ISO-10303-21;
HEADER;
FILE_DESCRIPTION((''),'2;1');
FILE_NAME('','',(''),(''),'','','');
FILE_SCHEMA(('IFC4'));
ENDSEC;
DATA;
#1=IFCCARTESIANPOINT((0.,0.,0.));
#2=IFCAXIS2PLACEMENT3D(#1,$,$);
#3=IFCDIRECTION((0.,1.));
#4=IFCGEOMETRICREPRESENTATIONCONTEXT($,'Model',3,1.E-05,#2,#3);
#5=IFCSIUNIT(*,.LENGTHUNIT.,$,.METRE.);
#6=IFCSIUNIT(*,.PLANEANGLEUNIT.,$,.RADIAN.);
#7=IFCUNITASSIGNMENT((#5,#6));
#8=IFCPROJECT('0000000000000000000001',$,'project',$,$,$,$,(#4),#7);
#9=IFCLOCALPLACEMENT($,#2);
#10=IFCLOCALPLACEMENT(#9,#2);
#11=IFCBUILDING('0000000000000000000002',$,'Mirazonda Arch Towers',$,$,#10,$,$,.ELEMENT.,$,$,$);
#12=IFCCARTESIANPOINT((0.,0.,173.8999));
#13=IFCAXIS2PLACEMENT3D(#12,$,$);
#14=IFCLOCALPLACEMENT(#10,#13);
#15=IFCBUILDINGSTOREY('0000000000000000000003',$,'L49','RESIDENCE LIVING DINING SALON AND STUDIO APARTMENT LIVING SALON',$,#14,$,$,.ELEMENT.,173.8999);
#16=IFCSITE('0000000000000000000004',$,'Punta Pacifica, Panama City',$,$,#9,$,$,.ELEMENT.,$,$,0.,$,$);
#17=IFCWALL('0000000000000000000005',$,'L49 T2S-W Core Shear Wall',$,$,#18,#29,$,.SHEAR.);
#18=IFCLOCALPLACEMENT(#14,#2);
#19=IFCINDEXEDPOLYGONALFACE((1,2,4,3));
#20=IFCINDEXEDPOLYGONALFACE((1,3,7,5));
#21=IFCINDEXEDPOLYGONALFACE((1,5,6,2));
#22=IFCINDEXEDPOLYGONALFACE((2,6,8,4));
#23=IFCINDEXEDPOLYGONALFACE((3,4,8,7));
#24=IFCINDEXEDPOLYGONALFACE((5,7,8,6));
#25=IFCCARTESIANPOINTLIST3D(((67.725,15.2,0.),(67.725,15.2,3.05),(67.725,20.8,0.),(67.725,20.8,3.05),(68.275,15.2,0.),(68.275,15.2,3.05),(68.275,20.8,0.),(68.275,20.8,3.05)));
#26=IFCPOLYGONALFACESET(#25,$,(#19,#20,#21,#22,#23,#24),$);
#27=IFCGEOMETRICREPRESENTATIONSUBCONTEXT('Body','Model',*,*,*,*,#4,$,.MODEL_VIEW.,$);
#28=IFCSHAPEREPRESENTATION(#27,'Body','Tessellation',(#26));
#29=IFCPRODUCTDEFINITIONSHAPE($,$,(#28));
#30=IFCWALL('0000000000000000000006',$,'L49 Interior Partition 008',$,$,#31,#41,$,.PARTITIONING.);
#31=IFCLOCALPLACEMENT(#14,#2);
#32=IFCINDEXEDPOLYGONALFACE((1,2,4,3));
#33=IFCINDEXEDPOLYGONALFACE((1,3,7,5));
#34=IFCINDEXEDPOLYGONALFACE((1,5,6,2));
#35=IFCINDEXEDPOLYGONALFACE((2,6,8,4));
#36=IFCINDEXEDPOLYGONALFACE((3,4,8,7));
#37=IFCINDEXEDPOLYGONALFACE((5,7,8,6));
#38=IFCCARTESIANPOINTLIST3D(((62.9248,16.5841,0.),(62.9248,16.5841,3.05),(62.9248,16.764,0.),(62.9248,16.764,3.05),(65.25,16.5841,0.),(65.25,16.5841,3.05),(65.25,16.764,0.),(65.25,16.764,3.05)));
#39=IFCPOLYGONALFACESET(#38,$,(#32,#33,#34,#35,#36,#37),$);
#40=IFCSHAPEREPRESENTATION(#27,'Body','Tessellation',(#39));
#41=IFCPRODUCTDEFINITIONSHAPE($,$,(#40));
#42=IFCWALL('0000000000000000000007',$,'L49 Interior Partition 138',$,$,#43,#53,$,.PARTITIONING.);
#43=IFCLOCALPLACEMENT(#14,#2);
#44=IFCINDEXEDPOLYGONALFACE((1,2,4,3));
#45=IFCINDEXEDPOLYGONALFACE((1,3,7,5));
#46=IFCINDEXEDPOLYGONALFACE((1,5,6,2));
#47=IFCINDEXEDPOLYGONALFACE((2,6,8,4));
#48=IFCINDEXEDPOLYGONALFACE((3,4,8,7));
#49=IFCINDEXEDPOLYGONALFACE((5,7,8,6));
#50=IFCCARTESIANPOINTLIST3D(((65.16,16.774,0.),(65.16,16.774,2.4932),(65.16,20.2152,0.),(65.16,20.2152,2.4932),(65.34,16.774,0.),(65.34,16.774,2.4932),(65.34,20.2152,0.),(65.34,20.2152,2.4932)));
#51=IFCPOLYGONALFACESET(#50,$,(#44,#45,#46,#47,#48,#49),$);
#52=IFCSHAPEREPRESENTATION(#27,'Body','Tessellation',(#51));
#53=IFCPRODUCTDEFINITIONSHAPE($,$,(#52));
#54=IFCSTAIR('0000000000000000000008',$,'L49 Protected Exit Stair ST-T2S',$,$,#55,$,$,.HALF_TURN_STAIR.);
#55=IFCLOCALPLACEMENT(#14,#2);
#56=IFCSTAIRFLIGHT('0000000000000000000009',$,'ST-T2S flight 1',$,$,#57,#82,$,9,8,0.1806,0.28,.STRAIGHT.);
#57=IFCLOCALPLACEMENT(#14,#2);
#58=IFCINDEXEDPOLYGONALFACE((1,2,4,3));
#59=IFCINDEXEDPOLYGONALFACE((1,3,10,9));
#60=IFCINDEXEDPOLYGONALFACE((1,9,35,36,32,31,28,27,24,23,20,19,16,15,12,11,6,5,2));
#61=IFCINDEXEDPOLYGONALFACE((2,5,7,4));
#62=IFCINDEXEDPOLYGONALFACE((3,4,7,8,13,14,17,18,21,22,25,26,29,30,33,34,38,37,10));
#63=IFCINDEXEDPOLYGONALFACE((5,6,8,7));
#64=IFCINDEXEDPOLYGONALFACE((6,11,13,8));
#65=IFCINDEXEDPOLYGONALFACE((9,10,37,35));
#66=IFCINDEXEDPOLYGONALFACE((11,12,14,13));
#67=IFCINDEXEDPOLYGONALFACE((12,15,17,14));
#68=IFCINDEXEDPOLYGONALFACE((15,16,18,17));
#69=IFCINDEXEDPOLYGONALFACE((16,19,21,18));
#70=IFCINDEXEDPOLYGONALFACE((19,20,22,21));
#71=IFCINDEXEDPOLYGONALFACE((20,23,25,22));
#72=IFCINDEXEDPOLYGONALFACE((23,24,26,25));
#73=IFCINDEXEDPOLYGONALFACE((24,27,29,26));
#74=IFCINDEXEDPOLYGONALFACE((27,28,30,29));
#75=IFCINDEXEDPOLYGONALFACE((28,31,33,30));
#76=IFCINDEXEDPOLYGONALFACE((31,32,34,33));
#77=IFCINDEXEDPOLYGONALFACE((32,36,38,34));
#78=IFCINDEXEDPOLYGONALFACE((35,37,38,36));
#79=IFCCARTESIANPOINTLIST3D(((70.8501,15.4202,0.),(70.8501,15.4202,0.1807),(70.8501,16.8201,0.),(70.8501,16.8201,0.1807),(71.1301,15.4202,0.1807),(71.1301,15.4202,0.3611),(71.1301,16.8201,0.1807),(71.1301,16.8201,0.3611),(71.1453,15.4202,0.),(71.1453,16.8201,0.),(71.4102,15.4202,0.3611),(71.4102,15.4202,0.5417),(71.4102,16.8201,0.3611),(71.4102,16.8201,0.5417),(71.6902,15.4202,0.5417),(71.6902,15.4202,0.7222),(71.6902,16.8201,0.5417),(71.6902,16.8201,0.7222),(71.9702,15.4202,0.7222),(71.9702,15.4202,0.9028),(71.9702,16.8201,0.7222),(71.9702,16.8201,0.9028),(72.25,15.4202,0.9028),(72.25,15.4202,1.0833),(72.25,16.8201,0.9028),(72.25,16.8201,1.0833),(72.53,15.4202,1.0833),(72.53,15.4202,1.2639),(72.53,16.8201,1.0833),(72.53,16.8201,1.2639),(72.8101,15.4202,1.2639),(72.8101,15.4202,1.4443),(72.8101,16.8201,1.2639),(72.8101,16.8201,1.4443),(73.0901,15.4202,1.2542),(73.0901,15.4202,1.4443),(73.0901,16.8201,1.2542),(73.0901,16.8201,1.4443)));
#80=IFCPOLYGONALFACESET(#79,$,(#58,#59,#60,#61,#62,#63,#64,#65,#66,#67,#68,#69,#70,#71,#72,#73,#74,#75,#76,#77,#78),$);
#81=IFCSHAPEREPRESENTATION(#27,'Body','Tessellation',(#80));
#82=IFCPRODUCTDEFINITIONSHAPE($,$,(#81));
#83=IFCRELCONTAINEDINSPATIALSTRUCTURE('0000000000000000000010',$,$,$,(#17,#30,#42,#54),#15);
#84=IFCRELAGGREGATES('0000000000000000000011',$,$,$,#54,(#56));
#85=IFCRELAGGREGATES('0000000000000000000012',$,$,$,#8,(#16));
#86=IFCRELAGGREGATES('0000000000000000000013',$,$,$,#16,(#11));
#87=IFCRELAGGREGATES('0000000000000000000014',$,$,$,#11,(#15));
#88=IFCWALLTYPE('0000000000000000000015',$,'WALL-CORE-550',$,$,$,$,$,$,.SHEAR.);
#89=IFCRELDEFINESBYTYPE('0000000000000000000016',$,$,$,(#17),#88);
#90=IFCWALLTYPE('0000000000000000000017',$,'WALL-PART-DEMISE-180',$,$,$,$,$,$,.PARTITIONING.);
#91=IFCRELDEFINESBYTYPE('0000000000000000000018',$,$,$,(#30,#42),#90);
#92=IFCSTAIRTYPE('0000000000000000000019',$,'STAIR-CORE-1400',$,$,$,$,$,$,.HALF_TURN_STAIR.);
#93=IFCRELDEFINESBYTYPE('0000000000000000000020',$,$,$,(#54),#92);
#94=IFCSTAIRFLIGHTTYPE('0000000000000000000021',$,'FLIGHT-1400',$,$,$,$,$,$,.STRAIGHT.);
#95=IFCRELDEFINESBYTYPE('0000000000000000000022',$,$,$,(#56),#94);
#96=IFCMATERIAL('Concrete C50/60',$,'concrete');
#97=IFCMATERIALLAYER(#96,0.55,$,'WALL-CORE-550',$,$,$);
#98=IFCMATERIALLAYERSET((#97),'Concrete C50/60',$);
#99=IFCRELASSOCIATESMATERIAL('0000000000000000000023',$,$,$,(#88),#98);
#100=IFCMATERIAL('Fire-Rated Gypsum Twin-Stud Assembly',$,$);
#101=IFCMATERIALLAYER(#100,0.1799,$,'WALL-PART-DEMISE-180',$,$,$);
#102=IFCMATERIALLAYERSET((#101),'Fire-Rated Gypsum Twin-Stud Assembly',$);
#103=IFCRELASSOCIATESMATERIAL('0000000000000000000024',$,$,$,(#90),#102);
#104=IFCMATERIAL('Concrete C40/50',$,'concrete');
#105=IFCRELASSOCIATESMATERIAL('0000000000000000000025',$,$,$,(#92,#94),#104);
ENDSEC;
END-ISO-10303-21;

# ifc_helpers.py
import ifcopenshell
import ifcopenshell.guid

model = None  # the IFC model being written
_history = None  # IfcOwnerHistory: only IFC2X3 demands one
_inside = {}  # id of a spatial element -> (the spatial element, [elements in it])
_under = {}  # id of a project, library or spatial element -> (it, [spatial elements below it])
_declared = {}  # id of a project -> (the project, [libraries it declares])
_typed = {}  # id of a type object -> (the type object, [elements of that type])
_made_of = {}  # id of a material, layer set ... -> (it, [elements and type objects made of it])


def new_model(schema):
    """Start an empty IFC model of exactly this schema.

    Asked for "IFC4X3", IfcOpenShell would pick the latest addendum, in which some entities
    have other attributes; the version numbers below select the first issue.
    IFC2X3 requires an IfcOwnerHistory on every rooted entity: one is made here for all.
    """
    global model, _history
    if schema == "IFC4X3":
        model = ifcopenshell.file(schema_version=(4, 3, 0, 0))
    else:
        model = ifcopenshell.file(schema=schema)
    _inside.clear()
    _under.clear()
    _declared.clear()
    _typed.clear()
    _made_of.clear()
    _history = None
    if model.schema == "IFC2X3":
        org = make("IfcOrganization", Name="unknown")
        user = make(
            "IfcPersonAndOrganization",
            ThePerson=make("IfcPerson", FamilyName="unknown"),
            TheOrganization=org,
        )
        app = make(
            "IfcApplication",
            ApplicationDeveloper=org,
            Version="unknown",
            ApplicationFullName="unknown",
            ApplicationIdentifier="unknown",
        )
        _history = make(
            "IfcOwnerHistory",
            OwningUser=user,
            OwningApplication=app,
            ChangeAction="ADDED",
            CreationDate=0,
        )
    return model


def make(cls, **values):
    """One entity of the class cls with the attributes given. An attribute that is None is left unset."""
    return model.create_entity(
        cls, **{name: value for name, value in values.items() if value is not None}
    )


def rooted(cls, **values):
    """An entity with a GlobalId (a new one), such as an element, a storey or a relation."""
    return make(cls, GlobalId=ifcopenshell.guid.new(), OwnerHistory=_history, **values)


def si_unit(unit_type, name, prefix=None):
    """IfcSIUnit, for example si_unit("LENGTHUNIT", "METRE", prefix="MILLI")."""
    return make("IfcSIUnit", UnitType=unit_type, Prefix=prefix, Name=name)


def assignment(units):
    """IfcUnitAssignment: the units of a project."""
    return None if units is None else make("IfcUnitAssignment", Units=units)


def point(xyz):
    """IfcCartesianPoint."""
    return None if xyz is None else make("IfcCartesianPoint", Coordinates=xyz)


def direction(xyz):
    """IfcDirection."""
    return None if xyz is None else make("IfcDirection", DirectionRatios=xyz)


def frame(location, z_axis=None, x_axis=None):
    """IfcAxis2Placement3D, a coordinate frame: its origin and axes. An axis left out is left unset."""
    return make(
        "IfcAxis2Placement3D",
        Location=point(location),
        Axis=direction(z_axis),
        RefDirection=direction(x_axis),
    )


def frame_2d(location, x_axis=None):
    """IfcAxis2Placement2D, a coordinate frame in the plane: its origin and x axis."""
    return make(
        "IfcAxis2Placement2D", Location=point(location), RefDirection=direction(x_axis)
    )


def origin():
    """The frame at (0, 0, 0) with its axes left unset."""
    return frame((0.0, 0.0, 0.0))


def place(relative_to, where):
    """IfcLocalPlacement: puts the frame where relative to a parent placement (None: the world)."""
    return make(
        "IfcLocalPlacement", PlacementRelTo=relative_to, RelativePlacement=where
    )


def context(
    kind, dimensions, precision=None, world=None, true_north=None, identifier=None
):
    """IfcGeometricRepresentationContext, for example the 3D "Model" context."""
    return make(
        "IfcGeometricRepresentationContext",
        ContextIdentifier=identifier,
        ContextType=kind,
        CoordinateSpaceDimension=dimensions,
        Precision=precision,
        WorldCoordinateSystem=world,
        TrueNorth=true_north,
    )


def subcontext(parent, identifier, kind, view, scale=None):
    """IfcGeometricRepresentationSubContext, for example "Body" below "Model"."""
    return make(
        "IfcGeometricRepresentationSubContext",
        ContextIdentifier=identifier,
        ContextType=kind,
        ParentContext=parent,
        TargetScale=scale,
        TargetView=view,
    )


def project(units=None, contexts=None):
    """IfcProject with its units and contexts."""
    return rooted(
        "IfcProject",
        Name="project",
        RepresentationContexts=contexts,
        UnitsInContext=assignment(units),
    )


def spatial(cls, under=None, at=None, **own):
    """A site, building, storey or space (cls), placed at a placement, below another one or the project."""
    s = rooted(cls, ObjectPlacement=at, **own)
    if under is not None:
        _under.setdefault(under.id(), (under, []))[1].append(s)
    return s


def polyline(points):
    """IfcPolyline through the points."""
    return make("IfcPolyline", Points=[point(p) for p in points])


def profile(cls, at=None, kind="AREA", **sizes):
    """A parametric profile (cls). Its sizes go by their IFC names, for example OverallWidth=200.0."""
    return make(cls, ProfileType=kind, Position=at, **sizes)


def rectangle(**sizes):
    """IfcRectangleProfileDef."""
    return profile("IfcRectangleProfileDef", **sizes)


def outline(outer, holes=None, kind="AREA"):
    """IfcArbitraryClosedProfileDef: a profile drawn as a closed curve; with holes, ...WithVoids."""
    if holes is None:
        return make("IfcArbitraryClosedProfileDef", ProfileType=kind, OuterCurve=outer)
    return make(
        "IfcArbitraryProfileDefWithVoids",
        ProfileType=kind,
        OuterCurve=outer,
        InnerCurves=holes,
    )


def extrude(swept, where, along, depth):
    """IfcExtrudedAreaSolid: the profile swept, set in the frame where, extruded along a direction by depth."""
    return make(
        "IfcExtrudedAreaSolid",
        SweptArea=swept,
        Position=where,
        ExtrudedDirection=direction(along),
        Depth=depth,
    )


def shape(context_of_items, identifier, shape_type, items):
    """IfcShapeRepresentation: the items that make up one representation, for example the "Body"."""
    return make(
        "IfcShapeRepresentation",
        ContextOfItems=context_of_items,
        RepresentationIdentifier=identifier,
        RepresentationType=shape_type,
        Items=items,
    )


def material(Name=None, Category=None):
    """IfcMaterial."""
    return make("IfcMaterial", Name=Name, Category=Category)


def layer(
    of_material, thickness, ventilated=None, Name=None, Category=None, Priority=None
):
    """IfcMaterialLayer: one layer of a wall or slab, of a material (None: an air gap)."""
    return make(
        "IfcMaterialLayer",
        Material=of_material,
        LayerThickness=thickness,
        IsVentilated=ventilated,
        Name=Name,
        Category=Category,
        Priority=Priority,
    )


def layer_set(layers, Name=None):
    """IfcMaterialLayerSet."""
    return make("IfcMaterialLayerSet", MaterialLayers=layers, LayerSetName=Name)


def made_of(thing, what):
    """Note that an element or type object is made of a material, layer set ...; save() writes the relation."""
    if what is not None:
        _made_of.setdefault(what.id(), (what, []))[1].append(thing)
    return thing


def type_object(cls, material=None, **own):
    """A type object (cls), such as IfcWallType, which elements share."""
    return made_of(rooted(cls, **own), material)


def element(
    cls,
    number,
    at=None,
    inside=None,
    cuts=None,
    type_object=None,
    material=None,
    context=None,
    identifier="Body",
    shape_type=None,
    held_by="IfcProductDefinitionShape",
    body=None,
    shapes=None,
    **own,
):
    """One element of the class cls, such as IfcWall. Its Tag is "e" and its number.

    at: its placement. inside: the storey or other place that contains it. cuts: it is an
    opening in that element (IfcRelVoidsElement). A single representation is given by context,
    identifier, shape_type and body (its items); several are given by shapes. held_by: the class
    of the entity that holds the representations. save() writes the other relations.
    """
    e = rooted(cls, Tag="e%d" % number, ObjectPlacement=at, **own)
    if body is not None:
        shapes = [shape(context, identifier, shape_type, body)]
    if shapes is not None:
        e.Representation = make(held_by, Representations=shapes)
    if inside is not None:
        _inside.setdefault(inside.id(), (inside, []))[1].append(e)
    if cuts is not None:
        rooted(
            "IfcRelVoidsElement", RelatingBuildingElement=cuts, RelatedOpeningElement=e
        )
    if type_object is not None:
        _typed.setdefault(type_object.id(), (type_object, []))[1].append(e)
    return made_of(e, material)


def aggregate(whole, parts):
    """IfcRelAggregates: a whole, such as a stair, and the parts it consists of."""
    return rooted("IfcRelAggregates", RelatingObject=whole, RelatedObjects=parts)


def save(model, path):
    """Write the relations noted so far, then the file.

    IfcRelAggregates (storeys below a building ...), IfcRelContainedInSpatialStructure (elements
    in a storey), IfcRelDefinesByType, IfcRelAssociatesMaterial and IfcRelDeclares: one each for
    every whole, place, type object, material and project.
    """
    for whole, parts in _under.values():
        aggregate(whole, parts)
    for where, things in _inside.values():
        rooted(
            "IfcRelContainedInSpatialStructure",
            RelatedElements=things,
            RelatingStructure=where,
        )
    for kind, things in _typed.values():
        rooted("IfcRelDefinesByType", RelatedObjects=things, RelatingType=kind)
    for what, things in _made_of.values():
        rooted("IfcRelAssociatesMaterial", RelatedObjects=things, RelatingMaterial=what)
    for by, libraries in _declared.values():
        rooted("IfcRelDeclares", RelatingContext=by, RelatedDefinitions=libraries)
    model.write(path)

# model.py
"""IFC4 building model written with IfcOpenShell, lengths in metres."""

from ifc_helpers import new_model, si_unit, direction, frame, frame_2d, origin, place, context, subcontext, project, spatial, polyline, rectangle, outline, extrude, material, layer, layer_set, type_object, element, aggregate, save


model = new_model("IFC4")

# Units and contexts
model_context = context("Model", 3, precision=1e-05, world=origin(), true_north=direction((0.0, 1.0)))
body_context = subcontext(model_context, "Body", "Model", "MODEL_VIEW")
ifc_project = project(units=[si_unit("LENGTHUNIT", "METRE"), si_unit("PLANEANGLEUNIT", "RADIAN")], contexts=[model_context])

# Site, building, storey
site_placement = place(None, origin())
site = spatial("IfcSite", under=ifc_project, at=site_placement, Name="Punta Pacifica, Panama City", CompositionType="ELEMENT", RefElevation=0.0)
building_placement = place(site_placement, origin())
building = spatial("IfcBuilding", under=site, at=building_placement, Name="Mirazonda Arch Towers", CompositionType="ELEMENT")
storey_placement = place(building_placement, frame((0.0, 0.0, 173.8999)))
storey = spatial("IfcBuildingStorey", under=building, at=storey_placement, Name="L49", Description="RESIDENCE LIVING DINING SALON AND STUDIO APARTMENT LIVING SALON", CompositionType="ELEMENT", Elevation=173.8999)

# Shared definitions
ifc_material_1 = material(Name="Concrete C50/60", Category="concrete")

# Walls
ifc_layer_1 = layer(ifc_material_1, 0.55, Name="WALL-CORE-550")
ifc_layer_set_1 = layer_set([ifc_layer_1], Name="Concrete C50/60")
wall_type_1 = type_object("IfcWallType", Name="WALL-CORE-550", PredefinedType="SHEAR", material=ifc_layer_set_1)
wall_1_placement = place(storey_placement, frame((68.0, 15.2, 0.0), z_axis=(0.0, 0.0, 1.0), x_axis=(0.0, 1.0, 0.0)))
element("IfcWall", 1, at=wall_1_placement, inside=storey, type_object=wall_type_1, Name="L49 T2S-W Core Shear Wall", PredefinedType="SHEAR", context=body_context, shape_type="SweptSolid", body=[
    extrude(rectangle(XDim=5.6001, YDim=0.55, at=frame_2d((2.8, 0.0))), origin(), (0.0, 0.0, 1.0), 3.05),
])
ifc_material_2 = material(Name="Fire-Rated Gypsum Twin-Stud Assembly")
ifc_layer_2 = layer(ifc_material_2, 0.1799, Name="WALL-PART-DEMISE-180")
ifc_layer_set_2 = layer_set([ifc_layer_2], Name="Fire-Rated Gypsum Twin-Stud Assembly")
wall_type_2 = type_object("IfcWallType", Name="WALL-PART-DEMISE-180", PredefinedType="PARTITIONING", material=ifc_layer_set_2)
wall_2_placement = place(storey_placement, frame((62.9248, 16.6741, 0.0), z_axis=(0.0, 0.0, 1.0), x_axis=(1.0, 0.0, 0.0)))
element("IfcWall", 2, at=wall_2_placement, inside=storey, type_object=wall_type_2, Name="L49 Interior Partition 008", PredefinedType="PARTITIONING", context=body_context, shape_type="SweptSolid", body=[
    extrude(rectangle(XDim=2.3252, YDim=0.1799, at=frame_2d((1.1626, 0.0))), origin(), (0.0, 0.0, 1.0), 3.05),
])
wall_3_placement = place(storey_placement, frame((65.25, 16.7739, 0.0), z_axis=(0.0, 0.0, 1.0), x_axis=(0.0, 1.0, 0.0)))
element("IfcWall", 3, at=wall_3_placement, inside=storey, type_object=wall_type_2, Name="L49 Interior Partition 138", PredefinedType="PARTITIONING", context=body_context, shape_type="SweptSolid", body=[
    extrude(rectangle(XDim=3.4412, YDim=0.1799, at=frame_2d((1.7207, 0.0))), origin(), (0.0, 0.0, 1.0), 2.4932),
])

# Stair, stair flight
ifc_material_3 = material(Name="Concrete C40/50", Category="concrete")
stair_type = type_object("IfcStairType", Name="STAIR-CORE-1400", PredefinedType="HALF_TURN_STAIR", material=ifc_material_3)
stair_placement = place(storey_placement, origin())
stair = element("IfcStair", 4, at=stair_placement, inside=storey, type_object=stair_type, Name="L49 Protected Exit Stair ST-T2S", PredefinedType="HALF_TURN_STAIR")
stair_flight_type = type_object("IfcStairFlightType", Name="FLIGHT-1400", PredefinedType="STRAIGHT", material=ifc_material_3)
stair_flight_placement = place(storey_placement, frame((70.8501, 16.1201, 0.0), z_axis=(0.0, 0.0, 1.0), x_axis=(1.0, 0.0, 0.0)))
stair_flight = element("IfcStairFlight", 5, at=stair_flight_placement, type_object=stair_flight_type, Name="ST-T2S flight 1", NumberOfRisers=9, NumberOfTreads=8, PredefinedType="STRAIGHT", RiserHeight=0.1806, TreadLength=0.28, context=body_context, shape_type="SweptSolid", body=[
    extrude(outline(polyline([(0.0, 0.0), (0.0, 0.1807), (0.28, 0.1807), (0.28, 0.3611), (0.5601, 0.3611), (0.5601, 0.5417), (0.8401, 0.5417), (0.8401, 0.7222), (1.1201, 0.7222), (1.1201, 0.9028), (1.3999, 0.9028), (1.3999, 1.0833), (1.6799, 1.0833), (1.6799, 1.2639), (1.96, 1.2639), (1.96, 1.4443), (2.24, 1.4443), (2.24, 1.625), (2.24, 1.2542), (0.2952, 0.0), (0.0, 0.0)])), frame((0.0, 0.7, 0.0), z_axis=(0.0, -1.0, 0.0), x_axis=(1.0, 0.0, 0.0)), (0.0, 0.0, 1.0), 1.3999),
])
aggregate(stair, [stair_flight])

save(model, "model.ifc")
